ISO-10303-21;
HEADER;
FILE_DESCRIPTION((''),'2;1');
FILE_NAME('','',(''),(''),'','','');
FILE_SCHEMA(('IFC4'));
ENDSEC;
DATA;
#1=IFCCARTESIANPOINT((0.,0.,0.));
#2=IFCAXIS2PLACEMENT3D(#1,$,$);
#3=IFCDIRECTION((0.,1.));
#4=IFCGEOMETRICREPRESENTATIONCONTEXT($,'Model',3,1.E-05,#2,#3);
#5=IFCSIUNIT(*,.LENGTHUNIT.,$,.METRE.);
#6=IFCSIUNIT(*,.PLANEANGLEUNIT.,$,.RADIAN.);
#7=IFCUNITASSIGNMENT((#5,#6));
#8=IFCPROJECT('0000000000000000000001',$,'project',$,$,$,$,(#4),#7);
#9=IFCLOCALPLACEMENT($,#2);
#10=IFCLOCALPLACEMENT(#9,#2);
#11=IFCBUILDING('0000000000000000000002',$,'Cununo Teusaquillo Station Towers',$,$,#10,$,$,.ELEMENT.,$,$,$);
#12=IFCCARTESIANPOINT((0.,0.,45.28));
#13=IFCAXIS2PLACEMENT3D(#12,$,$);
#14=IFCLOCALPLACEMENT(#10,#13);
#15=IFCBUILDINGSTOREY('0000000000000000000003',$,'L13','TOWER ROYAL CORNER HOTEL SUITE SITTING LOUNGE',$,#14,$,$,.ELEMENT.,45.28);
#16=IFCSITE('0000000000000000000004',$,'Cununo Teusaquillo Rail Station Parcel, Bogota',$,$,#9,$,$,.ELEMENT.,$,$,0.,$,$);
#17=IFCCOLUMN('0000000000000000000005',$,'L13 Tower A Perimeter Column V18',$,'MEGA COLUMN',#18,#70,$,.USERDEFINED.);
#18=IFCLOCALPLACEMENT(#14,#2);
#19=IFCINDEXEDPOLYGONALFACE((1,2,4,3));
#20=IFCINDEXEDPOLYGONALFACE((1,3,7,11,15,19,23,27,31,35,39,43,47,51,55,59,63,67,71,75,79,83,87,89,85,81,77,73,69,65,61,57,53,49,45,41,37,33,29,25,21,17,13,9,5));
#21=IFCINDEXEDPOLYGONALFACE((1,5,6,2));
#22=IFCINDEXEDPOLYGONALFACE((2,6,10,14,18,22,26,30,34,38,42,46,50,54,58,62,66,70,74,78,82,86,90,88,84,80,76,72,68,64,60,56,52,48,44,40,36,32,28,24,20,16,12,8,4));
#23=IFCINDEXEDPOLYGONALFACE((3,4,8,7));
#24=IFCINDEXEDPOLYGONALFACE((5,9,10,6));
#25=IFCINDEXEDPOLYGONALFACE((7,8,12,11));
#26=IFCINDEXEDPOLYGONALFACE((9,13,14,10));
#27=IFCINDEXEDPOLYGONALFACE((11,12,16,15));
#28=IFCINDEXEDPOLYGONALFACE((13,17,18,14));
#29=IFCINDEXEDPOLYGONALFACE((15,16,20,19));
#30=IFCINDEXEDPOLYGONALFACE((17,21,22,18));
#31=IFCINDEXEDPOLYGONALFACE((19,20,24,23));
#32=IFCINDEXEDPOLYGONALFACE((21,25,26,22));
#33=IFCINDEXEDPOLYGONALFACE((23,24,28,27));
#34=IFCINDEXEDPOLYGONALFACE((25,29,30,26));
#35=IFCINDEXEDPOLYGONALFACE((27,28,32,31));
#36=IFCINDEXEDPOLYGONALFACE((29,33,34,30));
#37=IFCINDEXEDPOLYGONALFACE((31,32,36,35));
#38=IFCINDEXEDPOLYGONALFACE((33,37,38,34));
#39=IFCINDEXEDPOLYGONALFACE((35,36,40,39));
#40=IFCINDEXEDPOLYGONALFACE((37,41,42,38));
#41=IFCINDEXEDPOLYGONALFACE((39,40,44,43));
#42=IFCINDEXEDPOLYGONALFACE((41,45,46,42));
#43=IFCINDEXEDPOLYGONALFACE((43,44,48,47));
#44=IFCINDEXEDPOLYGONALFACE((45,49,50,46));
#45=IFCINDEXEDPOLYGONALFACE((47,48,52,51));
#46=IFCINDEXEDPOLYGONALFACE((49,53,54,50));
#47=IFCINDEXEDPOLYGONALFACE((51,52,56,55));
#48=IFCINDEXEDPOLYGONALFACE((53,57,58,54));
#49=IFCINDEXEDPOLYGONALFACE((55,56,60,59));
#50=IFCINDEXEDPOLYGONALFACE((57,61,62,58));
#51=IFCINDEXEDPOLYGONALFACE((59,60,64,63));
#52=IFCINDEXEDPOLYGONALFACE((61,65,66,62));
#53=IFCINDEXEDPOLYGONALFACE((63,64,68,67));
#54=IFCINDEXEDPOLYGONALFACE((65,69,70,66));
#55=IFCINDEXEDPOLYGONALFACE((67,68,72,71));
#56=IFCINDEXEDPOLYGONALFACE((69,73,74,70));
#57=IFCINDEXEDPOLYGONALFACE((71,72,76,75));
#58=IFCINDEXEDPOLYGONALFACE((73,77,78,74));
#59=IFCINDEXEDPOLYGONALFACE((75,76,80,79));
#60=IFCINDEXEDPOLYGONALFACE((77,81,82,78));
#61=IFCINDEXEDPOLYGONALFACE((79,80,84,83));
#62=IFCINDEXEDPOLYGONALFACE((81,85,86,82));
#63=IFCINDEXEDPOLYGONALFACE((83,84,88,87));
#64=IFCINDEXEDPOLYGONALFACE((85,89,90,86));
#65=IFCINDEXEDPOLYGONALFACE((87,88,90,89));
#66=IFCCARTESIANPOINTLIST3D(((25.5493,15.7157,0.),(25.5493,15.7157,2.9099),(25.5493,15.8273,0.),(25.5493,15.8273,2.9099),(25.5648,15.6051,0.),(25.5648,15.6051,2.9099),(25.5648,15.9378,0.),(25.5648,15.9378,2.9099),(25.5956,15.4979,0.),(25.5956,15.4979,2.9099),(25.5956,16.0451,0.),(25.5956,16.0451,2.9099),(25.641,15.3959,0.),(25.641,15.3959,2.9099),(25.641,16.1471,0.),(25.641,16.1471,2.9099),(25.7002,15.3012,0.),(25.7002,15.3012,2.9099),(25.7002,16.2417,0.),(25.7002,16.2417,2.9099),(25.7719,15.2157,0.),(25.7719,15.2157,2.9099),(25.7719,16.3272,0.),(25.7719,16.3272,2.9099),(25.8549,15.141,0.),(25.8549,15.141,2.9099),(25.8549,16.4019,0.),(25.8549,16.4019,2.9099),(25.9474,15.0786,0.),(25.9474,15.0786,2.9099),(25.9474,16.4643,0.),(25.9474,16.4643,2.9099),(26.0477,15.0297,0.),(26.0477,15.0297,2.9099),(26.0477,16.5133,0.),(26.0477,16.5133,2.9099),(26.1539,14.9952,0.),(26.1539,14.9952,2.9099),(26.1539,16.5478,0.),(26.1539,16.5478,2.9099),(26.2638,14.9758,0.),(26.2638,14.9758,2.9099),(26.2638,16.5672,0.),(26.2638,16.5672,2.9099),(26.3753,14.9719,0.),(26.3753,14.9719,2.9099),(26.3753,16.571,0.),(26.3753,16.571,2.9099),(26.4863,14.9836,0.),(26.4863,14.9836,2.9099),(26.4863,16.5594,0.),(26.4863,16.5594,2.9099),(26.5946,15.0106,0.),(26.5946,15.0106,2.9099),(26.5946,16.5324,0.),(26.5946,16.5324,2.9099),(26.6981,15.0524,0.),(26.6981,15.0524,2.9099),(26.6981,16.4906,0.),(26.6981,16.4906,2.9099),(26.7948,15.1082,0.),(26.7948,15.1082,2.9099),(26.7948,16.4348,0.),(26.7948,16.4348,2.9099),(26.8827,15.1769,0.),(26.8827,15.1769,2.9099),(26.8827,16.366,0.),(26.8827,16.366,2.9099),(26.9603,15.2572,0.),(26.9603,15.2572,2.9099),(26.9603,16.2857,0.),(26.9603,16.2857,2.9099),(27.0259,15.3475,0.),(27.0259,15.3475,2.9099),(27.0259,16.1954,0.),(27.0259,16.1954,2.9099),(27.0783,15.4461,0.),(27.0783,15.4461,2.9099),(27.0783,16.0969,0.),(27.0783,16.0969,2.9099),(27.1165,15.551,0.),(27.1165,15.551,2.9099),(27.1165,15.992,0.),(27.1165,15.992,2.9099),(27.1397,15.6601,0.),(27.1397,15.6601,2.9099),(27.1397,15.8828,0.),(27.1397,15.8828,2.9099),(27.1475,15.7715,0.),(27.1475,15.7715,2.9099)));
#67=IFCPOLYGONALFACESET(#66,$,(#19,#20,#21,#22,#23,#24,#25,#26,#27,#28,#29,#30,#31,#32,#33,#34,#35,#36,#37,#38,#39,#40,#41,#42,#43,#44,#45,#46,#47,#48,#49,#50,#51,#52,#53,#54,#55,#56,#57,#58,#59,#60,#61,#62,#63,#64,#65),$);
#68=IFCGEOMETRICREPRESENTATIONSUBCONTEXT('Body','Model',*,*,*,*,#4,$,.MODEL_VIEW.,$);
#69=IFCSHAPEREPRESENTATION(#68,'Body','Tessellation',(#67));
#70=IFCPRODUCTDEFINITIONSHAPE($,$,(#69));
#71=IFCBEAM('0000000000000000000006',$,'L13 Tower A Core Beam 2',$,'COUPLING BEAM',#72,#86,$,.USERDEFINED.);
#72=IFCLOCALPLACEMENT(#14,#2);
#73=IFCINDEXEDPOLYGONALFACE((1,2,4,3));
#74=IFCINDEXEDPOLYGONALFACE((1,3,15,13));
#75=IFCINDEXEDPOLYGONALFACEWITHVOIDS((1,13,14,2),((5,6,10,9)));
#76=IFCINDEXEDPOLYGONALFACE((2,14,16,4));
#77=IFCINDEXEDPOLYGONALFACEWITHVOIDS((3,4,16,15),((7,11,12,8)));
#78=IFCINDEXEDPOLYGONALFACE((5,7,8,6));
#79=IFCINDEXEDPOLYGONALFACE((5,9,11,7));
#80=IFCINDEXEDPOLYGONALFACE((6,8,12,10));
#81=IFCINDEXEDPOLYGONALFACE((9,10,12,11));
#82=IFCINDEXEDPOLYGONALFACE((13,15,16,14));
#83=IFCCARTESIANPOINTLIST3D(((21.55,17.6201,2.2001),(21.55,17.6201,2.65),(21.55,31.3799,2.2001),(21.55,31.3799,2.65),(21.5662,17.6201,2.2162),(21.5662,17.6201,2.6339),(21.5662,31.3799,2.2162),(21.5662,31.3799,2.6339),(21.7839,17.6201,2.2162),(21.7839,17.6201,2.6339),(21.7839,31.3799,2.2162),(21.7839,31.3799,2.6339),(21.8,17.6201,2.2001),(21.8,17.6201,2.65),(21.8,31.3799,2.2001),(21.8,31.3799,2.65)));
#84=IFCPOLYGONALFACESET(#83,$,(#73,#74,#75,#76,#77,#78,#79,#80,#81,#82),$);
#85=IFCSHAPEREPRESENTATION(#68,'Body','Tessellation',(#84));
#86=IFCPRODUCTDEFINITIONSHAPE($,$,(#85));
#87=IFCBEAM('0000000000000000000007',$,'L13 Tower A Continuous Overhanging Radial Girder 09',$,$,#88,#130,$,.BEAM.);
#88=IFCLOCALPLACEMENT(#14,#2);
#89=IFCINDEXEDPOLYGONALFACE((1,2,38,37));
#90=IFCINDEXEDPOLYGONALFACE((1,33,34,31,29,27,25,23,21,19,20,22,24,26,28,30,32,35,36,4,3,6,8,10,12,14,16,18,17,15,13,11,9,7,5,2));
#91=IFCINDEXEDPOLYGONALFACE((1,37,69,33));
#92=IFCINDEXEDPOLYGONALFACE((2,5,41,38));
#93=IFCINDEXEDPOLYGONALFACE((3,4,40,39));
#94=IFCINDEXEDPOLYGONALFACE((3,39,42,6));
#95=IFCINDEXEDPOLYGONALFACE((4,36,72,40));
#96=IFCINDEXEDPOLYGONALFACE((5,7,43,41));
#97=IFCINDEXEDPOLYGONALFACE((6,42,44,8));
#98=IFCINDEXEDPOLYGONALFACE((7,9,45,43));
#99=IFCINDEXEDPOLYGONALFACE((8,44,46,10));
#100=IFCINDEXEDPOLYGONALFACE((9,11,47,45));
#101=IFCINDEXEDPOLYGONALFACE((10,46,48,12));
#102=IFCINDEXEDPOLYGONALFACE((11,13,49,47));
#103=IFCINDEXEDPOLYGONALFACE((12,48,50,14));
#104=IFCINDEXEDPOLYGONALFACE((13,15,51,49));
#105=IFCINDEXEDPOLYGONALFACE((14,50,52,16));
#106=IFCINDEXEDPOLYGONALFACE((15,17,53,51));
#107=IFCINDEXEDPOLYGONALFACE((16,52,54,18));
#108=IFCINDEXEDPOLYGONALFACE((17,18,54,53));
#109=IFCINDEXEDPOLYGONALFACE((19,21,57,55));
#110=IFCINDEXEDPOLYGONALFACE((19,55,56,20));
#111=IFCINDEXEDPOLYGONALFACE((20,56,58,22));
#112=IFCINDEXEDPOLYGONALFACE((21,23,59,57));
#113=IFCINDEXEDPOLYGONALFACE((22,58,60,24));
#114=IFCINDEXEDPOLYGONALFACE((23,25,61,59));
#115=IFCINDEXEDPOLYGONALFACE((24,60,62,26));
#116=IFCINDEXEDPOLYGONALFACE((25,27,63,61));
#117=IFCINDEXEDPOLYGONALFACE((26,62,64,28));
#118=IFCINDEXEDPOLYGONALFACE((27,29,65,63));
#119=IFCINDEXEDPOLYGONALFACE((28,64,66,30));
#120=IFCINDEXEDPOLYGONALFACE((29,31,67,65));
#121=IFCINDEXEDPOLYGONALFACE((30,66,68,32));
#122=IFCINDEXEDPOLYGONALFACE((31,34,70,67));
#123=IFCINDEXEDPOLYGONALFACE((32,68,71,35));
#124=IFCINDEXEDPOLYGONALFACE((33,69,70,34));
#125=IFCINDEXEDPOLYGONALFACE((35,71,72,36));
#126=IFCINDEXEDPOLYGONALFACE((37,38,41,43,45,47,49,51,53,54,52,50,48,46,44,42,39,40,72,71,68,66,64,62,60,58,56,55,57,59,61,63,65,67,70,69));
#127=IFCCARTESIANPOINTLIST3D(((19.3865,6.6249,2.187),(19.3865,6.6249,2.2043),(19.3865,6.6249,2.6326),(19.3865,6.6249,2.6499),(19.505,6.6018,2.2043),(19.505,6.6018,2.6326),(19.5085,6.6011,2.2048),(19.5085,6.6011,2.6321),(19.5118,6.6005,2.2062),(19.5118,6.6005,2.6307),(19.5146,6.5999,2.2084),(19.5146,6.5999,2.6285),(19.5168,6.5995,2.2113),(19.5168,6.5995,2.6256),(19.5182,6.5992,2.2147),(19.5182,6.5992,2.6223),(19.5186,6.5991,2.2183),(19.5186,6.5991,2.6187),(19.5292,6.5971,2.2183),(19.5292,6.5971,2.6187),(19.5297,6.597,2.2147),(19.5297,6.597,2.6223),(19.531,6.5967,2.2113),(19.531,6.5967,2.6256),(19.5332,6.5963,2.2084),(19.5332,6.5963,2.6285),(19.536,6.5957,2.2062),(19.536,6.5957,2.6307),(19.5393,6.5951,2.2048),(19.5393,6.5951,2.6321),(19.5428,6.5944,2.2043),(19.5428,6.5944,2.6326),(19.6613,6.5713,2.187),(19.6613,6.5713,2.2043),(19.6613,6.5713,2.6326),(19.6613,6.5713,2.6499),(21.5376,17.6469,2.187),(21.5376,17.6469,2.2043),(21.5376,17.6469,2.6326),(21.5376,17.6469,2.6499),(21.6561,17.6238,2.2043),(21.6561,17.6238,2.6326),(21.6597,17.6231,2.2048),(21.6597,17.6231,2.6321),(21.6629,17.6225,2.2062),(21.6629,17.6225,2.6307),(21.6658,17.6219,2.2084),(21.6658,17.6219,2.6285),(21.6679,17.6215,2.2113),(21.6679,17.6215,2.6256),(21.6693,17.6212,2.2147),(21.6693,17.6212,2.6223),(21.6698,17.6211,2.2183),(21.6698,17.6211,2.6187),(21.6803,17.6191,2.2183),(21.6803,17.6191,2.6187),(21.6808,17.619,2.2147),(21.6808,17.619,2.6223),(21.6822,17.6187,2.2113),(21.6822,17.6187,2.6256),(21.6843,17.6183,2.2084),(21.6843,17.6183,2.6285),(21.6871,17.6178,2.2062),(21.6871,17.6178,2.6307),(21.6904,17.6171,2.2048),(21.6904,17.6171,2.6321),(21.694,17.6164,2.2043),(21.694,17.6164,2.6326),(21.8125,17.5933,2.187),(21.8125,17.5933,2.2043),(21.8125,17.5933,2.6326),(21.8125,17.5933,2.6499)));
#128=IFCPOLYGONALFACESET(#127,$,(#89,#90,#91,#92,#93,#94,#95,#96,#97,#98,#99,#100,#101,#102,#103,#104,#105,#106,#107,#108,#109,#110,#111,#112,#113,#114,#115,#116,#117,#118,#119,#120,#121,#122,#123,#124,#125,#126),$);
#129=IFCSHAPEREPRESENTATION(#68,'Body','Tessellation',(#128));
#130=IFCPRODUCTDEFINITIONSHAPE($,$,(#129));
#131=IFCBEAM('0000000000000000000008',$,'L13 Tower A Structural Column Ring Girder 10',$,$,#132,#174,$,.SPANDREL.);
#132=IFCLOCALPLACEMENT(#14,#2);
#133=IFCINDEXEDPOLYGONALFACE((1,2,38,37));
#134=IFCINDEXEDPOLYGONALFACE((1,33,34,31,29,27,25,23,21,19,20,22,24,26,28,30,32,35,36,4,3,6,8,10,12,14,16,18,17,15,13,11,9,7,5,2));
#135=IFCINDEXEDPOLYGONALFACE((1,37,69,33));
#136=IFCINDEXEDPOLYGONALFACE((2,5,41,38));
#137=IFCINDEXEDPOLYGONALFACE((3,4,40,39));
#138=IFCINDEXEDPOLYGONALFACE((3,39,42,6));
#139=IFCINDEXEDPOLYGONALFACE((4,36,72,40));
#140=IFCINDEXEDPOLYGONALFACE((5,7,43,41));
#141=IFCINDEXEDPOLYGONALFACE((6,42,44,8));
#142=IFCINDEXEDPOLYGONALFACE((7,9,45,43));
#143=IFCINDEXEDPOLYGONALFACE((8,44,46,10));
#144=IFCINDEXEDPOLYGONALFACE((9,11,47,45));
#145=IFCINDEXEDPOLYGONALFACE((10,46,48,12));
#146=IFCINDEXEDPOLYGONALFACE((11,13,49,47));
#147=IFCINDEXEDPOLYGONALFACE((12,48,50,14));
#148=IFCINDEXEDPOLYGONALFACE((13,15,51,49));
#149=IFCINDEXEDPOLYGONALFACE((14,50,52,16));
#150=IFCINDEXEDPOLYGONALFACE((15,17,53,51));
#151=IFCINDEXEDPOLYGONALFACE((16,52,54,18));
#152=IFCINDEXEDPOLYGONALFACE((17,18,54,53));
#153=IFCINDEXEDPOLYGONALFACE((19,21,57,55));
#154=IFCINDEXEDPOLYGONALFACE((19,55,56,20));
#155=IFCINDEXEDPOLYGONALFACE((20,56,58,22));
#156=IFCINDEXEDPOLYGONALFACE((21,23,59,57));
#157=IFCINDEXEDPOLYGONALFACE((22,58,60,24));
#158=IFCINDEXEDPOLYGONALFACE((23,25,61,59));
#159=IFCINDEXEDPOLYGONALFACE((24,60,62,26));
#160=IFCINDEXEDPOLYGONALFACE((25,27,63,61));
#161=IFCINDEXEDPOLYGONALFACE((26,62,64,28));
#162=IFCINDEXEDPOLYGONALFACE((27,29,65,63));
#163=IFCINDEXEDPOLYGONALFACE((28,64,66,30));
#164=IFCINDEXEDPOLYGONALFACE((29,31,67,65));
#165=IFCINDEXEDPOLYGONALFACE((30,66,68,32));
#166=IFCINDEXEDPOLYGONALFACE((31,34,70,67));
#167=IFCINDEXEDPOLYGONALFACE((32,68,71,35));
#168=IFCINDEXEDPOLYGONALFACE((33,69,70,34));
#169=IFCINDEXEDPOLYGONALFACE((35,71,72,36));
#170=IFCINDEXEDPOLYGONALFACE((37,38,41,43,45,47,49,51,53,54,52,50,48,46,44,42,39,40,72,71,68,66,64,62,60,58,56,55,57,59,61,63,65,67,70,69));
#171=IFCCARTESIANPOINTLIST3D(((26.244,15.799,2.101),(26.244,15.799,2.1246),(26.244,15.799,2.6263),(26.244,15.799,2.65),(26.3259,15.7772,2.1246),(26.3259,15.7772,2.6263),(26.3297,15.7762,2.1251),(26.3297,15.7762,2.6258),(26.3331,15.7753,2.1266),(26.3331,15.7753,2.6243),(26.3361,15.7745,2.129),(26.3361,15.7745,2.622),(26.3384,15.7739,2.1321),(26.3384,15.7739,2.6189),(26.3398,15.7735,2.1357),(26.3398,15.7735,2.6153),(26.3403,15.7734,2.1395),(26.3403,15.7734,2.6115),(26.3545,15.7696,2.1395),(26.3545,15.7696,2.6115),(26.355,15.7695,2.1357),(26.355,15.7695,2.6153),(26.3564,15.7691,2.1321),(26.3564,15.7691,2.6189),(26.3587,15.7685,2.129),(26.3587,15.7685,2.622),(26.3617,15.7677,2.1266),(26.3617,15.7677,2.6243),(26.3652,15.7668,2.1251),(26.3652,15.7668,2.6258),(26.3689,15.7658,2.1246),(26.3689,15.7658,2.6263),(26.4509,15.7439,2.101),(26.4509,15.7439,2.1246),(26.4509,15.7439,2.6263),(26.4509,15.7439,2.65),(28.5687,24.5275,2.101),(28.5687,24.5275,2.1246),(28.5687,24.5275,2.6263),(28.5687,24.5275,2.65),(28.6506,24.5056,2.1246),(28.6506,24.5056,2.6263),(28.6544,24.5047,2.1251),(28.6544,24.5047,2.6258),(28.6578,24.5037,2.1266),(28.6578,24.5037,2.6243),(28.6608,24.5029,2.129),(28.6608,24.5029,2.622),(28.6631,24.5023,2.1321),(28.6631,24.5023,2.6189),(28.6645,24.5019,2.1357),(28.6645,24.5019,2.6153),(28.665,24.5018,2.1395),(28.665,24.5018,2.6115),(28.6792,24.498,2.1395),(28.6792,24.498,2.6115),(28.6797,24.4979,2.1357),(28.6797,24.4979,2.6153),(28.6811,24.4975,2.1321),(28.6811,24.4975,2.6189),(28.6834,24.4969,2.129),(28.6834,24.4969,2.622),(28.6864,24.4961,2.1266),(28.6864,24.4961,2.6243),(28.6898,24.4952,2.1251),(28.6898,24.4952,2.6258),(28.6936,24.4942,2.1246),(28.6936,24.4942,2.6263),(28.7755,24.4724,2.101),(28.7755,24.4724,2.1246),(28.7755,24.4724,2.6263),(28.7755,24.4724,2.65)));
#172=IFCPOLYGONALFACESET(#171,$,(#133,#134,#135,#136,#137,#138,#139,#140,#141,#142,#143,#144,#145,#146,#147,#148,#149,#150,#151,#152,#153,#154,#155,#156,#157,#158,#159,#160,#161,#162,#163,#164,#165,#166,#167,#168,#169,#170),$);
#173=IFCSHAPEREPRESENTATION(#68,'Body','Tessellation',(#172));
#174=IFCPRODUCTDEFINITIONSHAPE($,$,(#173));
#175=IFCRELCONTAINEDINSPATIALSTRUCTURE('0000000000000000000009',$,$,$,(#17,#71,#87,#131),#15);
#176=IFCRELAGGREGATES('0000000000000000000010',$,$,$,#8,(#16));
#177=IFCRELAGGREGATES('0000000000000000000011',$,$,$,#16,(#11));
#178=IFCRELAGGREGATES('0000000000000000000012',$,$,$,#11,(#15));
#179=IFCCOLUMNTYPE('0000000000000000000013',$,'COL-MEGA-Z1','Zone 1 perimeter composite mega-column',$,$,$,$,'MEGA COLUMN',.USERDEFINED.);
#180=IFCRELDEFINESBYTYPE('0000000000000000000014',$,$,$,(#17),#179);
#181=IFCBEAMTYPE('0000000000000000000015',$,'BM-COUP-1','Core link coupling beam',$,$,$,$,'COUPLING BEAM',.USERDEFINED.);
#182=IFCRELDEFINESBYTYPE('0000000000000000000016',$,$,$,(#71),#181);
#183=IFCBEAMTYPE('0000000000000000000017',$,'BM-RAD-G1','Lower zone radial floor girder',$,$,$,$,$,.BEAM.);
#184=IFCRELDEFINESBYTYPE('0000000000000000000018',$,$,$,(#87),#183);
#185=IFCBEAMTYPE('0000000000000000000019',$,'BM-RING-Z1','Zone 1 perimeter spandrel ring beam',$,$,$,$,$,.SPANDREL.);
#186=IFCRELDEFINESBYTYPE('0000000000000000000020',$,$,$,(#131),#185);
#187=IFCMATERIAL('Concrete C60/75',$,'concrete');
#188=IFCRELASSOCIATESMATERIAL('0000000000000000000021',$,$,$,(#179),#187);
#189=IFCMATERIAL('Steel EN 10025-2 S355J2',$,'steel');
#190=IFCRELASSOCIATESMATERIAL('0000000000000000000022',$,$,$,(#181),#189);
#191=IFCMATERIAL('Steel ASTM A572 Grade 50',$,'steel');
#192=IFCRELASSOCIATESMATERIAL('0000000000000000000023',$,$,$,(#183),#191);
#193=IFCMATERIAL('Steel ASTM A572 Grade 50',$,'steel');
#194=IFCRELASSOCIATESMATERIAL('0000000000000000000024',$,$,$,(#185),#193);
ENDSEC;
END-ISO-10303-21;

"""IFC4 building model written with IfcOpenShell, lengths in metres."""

from ifc_helpers import new_model, si_unit, direction, frame, origin, origin_2d, place, context, subcontext, project, spatial, hollow_rectangle, circle, i_section, extrude, material, material_profile, profile_set, type_object, element, save


model = new_model("IFC4")

# Units and contexts
model_context = context("Model", 3, precision=1e-05, world=origin(), true_north=direction((0.0, 1.0)))
body_context = subcontext(model_context, "Body", "Model", "MODEL_VIEW")
ifc_project = project(units=[si_unit("LENGTHUNIT", "METRE"), si_unit("PLANEANGLEUNIT", "RADIAN")], contexts=[model_context])

# Site, building, storey
site_placement = place(None, origin())
site = spatial("IfcSite", under=ifc_project, at=site_placement, Name="Cununo Teusaquillo Rail Station Parcel, Bogota", CompositionType="ELEMENT", RefElevation=0.0)
building_placement = place(site_placement, origin())
building = spatial("IfcBuilding", under=site, at=building_placement, Name="Cununo Teusaquillo Station Towers", CompositionType="ELEMENT")
storey_placement = place(building_placement, frame((0.0, 0.0, 45.28)))
storey = spatial("IfcBuildingStorey", under=building, at=storey_placement, Name="L13", Description="TOWER ROYAL CORNER HOTEL SUITE SITTING LOUNGE", CompositionType="ELEMENT", Elevation=45.28)

# Column
ifc_material_1 = material(Name="Concrete C60/75", Category="concrete")
ifc_material_profile_1 = material_profile(ifc_material_1, circle(Radius=0.8, at=origin_2d()), Name="RC-CIRC-1600")
ifc_profile_set_1 = profile_set([ifc_material_profile_1], Name="Concrete C60/75")
column_type = type_object("IfcColumnType", Name="COL-MEGA-Z1", Description="Zone 1 perimeter composite mega-column", ElementType="MEGA COLUMN", PredefinedType="USERDEFINED", material=ifc_profile_set_1)
column_placement = place(storey_placement, frame((26.3474, 15.7715, 0.0), z_axis=(0.0, 0.0, 1.0), x_axis=(1.0, 0.0, 0.0)))
element("IfcColumn", 1, at=column_placement, inside=storey, type_object=column_type, Name="L13 Tower A Perimeter Column V18", ObjectType="MEGA COLUMN", PredefinedType="USERDEFINED", context=body_context, shape_type="SweptSolid", body=[
    extrude(circle(Radius=0.8, at=origin_2d()), origin(), (0.0, 0.0, 1.0), 2.9099),
])

# Beams
ifc_material_2 = material(Name="Steel EN 10025-2 S355J2", Category="steel")
ifc_material_profile_2 = material_profile(ifc_material_2, hollow_rectangle(XDim=0.25, YDim=0.45, WallThickness=0.0161, at=origin_2d()), Name="RHS 450x250x16")
ifc_profile_set_2 = profile_set([ifc_material_profile_2], Name="Steel EN 10025-2 S355J2")
beam_type_1 = type_object("IfcBeamType", Name="BM-COUP-1", Description="Core link coupling beam", ElementType="COUPLING BEAM", PredefinedType="USERDEFINED", material=ifc_profile_set_2)
beam_1_placement = place(storey_placement, frame((21.675, 17.6201, 2.425), z_axis=(0.0, 1.0, 0.0), x_axis=(-1.0, 0.0, 0.0)))
element("IfcBeam", 2, at=beam_1_placement, inside=storey, type_object=beam_type_1, Name="L13 Tower A Core Beam 2", ObjectType="COUPLING BEAM", PredefinedType="USERDEFINED", context=body_context, shape_type="SweptSolid", body=[
    extrude(hollow_rectangle(XDim=0.25, YDim=0.45, WallThickness=0.0161, at=origin_2d()), origin(), (0.0, 0.0, 1.0), 13.7598),
])
ifc_material_3 = material(Name="Steel ASTM A572 Grade 50", Category="steel")
ifc_material_profile_3 = material_profile(ifc_material_3, i_section(OverallWidth=0.28, OverallDepth=0.4629, WebThickness=0.0107, FlangeThickness=0.0173, FilletRadius=0.0139, at=origin_2d()), Name="W18X76")
ifc_profile_set_3 = profile_set([ifc_material_profile_3], Name="Steel ASTM A572 Grade 50")
beam_type_2 = type_object("IfcBeamType", Name="BM-RAD-G1", Description="Lower zone radial floor girder", PredefinedType="BEAM", material=ifc_profile_set_3)
beam_2_placement = place(storey_placement, frame((21.675, 17.6201, 2.4185), z_axis=(-0.191553, -0.981482, 0.0), x_axis=(0.981482, -0.191553, 0.0)))
element("IfcBeam", 3, at=beam_2_placement, inside=storey, type_object=beam_type_2, Name="L13 Tower A Continuous Overhanging Radial Girder 09", PredefinedType="BEAM", context=body_context, shape_type="SweptSolid", body=[
    extrude(i_section(OverallWidth=0.28, OverallDepth=0.4629, WebThickness=0.0107, FlangeThickness=0.0173, FilletRadius=0.0139, at=origin_2d()), origin(), (0.0, 0.0, 1.0), 11.23),
])
ifc_material_4 = material(Name="Steel ASTM A572 Grade 50", Category="steel")
ifc_material_profile_4 = material_profile(ifc_material_4, i_section(OverallWidth=0.2141, OverallDepth=0.5491, WebThickness=0.0146, FlangeThickness=0.0237, FilletRadius=0.0149, at=origin_2d()), Name="W21X93")
ifc_profile_set_4 = profile_set([ifc_material_profile_4], Name="Steel ASTM A572 Grade 50")
beam_type_3 = type_object("IfcBeamType", Name="BM-RING-Z1", Description="Zone 1 perimeter spandrel ring beam", PredefinedType="SPANDREL", material=ifc_profile_set_4)
beam_3_placement = place(storey_placement, frame((26.3474, 15.7715, 2.3755), z_axis=(0.257363, 0.966315, 0.0), x_axis=(-0.966315, 0.257363, 0.0)))
element("IfcBeam", 4, at=beam_3_placement, inside=storey, type_object=beam_type_3, Name="L13 Tower A Structural Column Ring Girder 10", PredefinedType="SPANDREL", context=body_context, shape_type="SweptSolid", body=[
    extrude(i_section(OverallWidth=0.2141, OverallDepth=0.5491, WebThickness=0.0146, FlangeThickness=0.0237, FilletRadius=0.0149, at=origin_2d()), origin(), (0.0, 0.0, 1.0), 9.0327),
])

save(model, "model.ifc")
